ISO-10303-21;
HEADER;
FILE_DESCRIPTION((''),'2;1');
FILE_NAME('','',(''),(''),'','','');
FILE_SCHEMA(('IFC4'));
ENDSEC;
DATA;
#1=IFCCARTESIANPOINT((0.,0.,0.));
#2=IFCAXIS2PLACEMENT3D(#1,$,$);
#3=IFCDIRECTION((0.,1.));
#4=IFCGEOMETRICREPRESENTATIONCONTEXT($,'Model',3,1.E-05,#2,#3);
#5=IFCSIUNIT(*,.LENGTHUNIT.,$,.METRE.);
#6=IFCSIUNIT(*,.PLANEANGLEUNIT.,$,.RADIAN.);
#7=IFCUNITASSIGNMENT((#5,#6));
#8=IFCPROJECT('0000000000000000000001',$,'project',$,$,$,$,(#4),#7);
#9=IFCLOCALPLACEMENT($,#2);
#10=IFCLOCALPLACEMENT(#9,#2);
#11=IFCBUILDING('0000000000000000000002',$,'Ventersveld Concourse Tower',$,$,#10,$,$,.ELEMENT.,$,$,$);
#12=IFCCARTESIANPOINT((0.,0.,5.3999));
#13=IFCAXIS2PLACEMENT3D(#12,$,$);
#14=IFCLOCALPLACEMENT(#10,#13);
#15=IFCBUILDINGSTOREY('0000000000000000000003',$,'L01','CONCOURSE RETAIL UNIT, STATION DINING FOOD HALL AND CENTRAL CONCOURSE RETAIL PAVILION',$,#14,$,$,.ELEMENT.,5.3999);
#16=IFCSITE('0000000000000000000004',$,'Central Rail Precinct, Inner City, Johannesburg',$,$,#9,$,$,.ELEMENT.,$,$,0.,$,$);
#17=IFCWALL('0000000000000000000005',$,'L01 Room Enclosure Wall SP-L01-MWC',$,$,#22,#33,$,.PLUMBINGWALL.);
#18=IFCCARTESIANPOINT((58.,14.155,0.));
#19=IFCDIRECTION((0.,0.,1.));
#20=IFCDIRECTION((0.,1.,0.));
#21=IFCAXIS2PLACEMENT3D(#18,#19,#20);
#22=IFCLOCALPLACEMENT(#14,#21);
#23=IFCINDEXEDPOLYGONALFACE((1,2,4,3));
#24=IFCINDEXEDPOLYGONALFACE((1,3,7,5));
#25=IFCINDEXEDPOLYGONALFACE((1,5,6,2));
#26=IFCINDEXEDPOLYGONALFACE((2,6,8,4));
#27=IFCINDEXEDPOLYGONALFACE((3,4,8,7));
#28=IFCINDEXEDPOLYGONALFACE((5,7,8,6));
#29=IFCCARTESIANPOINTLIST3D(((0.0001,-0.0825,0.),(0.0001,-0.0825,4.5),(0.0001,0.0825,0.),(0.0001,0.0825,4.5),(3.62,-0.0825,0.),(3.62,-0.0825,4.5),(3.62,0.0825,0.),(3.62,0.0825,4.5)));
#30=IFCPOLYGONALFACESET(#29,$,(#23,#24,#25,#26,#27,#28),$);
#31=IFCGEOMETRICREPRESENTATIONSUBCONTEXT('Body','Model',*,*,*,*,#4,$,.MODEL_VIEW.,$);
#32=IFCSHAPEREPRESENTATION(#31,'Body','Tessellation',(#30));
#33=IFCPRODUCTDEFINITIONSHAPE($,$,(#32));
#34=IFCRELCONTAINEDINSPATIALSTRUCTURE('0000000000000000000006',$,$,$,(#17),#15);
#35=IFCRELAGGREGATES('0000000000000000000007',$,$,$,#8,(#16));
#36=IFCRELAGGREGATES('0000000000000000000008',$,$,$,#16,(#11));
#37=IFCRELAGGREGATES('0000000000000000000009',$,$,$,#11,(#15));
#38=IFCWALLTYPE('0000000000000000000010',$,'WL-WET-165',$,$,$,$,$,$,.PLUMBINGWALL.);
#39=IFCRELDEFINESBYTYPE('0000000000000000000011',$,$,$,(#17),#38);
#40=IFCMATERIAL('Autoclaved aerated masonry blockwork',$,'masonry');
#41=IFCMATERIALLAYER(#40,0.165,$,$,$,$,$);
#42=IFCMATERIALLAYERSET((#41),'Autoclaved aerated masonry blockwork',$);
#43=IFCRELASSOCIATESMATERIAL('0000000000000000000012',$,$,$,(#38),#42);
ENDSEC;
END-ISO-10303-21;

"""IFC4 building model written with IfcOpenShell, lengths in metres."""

from ifc_helpers import new_model, si_unit, direction, frame, frame_2d, origin, place, context, subcontext, project, spatial, rectangle, extrude, material, layer, layer_set, type_object, element, save


model = new_model("IFC4")

# Units and contexts
model_context = context("Model", 3, precision=1e-05, world=origin(), true_north=direction((0.0, 1.0)))
body_context = subcontext(model_context, "Body", "Model", "MODEL_VIEW")
ifc_project = project(units=[si_unit("LENGTHUNIT", "METRE"), si_unit("PLANEANGLEUNIT", "RADIAN")], contexts=[model_context])

# Site, building, storey
site_placement = place(None, origin())
site = spatial("IfcSite", under=ifc_project, at=site_placement, Name="Central Rail Precinct, Inner City, Johannesburg", CompositionType="ELEMENT", RefElevation=0.0)
building_placement = place(site_placement, origin())
building = spatial("IfcBuilding", under=site, at=building_placement, Name="Ventersveld Concourse Tower", CompositionType="ELEMENT")
storey_placement = place(building_placement, frame((0.0, 0.0, 5.3999)))
storey = spatial("IfcBuildingStorey", under=building, at=storey_placement, Name="L01", Description="CONCOURSE RETAIL UNIT, STATION DINING FOOD HALL AND CENTRAL CONCOURSE RETAIL PAVILION", CompositionType="ELEMENT", Elevation=5.3999)

# Wall
ifc_material_1 = material(Name="Autoclaved aerated masonry blockwork", Category="masonry")
ifc_layer_1 = layer(ifc_material_1, 0.165)
ifc_layer_set_1 = layer_set([ifc_layer_1], Name="Autoclaved aerated masonry blockwork")
wall_type_1 = type_object("IfcWallType", Name="WL-WET-165", PredefinedType="PLUMBINGWALL", material=ifc_layer_set_1)
wall_1_placement = place(storey_placement, frame((58.0, 14.155, 0.0), z_axis=(0.0, 0.0, 1.0), x_axis=(0.0, 1.0, 0.0)))
element("IfcWall", 1, at=wall_1_placement, inside=storey, type_object=wall_type_1, Name="L01 Room Enclosure Wall SP-L01-MWC", PredefinedType="PLUMBINGWALL", context=body_context, shape_type="SweptSolid", body=[
    extrude(rectangle(XDim=3.6199, YDim=0.165, at=frame_2d((1.8101, 0.0))), origin(), (0.0, 0.0, 1.0), 4.5),
])

save(model, "model.ifc")
